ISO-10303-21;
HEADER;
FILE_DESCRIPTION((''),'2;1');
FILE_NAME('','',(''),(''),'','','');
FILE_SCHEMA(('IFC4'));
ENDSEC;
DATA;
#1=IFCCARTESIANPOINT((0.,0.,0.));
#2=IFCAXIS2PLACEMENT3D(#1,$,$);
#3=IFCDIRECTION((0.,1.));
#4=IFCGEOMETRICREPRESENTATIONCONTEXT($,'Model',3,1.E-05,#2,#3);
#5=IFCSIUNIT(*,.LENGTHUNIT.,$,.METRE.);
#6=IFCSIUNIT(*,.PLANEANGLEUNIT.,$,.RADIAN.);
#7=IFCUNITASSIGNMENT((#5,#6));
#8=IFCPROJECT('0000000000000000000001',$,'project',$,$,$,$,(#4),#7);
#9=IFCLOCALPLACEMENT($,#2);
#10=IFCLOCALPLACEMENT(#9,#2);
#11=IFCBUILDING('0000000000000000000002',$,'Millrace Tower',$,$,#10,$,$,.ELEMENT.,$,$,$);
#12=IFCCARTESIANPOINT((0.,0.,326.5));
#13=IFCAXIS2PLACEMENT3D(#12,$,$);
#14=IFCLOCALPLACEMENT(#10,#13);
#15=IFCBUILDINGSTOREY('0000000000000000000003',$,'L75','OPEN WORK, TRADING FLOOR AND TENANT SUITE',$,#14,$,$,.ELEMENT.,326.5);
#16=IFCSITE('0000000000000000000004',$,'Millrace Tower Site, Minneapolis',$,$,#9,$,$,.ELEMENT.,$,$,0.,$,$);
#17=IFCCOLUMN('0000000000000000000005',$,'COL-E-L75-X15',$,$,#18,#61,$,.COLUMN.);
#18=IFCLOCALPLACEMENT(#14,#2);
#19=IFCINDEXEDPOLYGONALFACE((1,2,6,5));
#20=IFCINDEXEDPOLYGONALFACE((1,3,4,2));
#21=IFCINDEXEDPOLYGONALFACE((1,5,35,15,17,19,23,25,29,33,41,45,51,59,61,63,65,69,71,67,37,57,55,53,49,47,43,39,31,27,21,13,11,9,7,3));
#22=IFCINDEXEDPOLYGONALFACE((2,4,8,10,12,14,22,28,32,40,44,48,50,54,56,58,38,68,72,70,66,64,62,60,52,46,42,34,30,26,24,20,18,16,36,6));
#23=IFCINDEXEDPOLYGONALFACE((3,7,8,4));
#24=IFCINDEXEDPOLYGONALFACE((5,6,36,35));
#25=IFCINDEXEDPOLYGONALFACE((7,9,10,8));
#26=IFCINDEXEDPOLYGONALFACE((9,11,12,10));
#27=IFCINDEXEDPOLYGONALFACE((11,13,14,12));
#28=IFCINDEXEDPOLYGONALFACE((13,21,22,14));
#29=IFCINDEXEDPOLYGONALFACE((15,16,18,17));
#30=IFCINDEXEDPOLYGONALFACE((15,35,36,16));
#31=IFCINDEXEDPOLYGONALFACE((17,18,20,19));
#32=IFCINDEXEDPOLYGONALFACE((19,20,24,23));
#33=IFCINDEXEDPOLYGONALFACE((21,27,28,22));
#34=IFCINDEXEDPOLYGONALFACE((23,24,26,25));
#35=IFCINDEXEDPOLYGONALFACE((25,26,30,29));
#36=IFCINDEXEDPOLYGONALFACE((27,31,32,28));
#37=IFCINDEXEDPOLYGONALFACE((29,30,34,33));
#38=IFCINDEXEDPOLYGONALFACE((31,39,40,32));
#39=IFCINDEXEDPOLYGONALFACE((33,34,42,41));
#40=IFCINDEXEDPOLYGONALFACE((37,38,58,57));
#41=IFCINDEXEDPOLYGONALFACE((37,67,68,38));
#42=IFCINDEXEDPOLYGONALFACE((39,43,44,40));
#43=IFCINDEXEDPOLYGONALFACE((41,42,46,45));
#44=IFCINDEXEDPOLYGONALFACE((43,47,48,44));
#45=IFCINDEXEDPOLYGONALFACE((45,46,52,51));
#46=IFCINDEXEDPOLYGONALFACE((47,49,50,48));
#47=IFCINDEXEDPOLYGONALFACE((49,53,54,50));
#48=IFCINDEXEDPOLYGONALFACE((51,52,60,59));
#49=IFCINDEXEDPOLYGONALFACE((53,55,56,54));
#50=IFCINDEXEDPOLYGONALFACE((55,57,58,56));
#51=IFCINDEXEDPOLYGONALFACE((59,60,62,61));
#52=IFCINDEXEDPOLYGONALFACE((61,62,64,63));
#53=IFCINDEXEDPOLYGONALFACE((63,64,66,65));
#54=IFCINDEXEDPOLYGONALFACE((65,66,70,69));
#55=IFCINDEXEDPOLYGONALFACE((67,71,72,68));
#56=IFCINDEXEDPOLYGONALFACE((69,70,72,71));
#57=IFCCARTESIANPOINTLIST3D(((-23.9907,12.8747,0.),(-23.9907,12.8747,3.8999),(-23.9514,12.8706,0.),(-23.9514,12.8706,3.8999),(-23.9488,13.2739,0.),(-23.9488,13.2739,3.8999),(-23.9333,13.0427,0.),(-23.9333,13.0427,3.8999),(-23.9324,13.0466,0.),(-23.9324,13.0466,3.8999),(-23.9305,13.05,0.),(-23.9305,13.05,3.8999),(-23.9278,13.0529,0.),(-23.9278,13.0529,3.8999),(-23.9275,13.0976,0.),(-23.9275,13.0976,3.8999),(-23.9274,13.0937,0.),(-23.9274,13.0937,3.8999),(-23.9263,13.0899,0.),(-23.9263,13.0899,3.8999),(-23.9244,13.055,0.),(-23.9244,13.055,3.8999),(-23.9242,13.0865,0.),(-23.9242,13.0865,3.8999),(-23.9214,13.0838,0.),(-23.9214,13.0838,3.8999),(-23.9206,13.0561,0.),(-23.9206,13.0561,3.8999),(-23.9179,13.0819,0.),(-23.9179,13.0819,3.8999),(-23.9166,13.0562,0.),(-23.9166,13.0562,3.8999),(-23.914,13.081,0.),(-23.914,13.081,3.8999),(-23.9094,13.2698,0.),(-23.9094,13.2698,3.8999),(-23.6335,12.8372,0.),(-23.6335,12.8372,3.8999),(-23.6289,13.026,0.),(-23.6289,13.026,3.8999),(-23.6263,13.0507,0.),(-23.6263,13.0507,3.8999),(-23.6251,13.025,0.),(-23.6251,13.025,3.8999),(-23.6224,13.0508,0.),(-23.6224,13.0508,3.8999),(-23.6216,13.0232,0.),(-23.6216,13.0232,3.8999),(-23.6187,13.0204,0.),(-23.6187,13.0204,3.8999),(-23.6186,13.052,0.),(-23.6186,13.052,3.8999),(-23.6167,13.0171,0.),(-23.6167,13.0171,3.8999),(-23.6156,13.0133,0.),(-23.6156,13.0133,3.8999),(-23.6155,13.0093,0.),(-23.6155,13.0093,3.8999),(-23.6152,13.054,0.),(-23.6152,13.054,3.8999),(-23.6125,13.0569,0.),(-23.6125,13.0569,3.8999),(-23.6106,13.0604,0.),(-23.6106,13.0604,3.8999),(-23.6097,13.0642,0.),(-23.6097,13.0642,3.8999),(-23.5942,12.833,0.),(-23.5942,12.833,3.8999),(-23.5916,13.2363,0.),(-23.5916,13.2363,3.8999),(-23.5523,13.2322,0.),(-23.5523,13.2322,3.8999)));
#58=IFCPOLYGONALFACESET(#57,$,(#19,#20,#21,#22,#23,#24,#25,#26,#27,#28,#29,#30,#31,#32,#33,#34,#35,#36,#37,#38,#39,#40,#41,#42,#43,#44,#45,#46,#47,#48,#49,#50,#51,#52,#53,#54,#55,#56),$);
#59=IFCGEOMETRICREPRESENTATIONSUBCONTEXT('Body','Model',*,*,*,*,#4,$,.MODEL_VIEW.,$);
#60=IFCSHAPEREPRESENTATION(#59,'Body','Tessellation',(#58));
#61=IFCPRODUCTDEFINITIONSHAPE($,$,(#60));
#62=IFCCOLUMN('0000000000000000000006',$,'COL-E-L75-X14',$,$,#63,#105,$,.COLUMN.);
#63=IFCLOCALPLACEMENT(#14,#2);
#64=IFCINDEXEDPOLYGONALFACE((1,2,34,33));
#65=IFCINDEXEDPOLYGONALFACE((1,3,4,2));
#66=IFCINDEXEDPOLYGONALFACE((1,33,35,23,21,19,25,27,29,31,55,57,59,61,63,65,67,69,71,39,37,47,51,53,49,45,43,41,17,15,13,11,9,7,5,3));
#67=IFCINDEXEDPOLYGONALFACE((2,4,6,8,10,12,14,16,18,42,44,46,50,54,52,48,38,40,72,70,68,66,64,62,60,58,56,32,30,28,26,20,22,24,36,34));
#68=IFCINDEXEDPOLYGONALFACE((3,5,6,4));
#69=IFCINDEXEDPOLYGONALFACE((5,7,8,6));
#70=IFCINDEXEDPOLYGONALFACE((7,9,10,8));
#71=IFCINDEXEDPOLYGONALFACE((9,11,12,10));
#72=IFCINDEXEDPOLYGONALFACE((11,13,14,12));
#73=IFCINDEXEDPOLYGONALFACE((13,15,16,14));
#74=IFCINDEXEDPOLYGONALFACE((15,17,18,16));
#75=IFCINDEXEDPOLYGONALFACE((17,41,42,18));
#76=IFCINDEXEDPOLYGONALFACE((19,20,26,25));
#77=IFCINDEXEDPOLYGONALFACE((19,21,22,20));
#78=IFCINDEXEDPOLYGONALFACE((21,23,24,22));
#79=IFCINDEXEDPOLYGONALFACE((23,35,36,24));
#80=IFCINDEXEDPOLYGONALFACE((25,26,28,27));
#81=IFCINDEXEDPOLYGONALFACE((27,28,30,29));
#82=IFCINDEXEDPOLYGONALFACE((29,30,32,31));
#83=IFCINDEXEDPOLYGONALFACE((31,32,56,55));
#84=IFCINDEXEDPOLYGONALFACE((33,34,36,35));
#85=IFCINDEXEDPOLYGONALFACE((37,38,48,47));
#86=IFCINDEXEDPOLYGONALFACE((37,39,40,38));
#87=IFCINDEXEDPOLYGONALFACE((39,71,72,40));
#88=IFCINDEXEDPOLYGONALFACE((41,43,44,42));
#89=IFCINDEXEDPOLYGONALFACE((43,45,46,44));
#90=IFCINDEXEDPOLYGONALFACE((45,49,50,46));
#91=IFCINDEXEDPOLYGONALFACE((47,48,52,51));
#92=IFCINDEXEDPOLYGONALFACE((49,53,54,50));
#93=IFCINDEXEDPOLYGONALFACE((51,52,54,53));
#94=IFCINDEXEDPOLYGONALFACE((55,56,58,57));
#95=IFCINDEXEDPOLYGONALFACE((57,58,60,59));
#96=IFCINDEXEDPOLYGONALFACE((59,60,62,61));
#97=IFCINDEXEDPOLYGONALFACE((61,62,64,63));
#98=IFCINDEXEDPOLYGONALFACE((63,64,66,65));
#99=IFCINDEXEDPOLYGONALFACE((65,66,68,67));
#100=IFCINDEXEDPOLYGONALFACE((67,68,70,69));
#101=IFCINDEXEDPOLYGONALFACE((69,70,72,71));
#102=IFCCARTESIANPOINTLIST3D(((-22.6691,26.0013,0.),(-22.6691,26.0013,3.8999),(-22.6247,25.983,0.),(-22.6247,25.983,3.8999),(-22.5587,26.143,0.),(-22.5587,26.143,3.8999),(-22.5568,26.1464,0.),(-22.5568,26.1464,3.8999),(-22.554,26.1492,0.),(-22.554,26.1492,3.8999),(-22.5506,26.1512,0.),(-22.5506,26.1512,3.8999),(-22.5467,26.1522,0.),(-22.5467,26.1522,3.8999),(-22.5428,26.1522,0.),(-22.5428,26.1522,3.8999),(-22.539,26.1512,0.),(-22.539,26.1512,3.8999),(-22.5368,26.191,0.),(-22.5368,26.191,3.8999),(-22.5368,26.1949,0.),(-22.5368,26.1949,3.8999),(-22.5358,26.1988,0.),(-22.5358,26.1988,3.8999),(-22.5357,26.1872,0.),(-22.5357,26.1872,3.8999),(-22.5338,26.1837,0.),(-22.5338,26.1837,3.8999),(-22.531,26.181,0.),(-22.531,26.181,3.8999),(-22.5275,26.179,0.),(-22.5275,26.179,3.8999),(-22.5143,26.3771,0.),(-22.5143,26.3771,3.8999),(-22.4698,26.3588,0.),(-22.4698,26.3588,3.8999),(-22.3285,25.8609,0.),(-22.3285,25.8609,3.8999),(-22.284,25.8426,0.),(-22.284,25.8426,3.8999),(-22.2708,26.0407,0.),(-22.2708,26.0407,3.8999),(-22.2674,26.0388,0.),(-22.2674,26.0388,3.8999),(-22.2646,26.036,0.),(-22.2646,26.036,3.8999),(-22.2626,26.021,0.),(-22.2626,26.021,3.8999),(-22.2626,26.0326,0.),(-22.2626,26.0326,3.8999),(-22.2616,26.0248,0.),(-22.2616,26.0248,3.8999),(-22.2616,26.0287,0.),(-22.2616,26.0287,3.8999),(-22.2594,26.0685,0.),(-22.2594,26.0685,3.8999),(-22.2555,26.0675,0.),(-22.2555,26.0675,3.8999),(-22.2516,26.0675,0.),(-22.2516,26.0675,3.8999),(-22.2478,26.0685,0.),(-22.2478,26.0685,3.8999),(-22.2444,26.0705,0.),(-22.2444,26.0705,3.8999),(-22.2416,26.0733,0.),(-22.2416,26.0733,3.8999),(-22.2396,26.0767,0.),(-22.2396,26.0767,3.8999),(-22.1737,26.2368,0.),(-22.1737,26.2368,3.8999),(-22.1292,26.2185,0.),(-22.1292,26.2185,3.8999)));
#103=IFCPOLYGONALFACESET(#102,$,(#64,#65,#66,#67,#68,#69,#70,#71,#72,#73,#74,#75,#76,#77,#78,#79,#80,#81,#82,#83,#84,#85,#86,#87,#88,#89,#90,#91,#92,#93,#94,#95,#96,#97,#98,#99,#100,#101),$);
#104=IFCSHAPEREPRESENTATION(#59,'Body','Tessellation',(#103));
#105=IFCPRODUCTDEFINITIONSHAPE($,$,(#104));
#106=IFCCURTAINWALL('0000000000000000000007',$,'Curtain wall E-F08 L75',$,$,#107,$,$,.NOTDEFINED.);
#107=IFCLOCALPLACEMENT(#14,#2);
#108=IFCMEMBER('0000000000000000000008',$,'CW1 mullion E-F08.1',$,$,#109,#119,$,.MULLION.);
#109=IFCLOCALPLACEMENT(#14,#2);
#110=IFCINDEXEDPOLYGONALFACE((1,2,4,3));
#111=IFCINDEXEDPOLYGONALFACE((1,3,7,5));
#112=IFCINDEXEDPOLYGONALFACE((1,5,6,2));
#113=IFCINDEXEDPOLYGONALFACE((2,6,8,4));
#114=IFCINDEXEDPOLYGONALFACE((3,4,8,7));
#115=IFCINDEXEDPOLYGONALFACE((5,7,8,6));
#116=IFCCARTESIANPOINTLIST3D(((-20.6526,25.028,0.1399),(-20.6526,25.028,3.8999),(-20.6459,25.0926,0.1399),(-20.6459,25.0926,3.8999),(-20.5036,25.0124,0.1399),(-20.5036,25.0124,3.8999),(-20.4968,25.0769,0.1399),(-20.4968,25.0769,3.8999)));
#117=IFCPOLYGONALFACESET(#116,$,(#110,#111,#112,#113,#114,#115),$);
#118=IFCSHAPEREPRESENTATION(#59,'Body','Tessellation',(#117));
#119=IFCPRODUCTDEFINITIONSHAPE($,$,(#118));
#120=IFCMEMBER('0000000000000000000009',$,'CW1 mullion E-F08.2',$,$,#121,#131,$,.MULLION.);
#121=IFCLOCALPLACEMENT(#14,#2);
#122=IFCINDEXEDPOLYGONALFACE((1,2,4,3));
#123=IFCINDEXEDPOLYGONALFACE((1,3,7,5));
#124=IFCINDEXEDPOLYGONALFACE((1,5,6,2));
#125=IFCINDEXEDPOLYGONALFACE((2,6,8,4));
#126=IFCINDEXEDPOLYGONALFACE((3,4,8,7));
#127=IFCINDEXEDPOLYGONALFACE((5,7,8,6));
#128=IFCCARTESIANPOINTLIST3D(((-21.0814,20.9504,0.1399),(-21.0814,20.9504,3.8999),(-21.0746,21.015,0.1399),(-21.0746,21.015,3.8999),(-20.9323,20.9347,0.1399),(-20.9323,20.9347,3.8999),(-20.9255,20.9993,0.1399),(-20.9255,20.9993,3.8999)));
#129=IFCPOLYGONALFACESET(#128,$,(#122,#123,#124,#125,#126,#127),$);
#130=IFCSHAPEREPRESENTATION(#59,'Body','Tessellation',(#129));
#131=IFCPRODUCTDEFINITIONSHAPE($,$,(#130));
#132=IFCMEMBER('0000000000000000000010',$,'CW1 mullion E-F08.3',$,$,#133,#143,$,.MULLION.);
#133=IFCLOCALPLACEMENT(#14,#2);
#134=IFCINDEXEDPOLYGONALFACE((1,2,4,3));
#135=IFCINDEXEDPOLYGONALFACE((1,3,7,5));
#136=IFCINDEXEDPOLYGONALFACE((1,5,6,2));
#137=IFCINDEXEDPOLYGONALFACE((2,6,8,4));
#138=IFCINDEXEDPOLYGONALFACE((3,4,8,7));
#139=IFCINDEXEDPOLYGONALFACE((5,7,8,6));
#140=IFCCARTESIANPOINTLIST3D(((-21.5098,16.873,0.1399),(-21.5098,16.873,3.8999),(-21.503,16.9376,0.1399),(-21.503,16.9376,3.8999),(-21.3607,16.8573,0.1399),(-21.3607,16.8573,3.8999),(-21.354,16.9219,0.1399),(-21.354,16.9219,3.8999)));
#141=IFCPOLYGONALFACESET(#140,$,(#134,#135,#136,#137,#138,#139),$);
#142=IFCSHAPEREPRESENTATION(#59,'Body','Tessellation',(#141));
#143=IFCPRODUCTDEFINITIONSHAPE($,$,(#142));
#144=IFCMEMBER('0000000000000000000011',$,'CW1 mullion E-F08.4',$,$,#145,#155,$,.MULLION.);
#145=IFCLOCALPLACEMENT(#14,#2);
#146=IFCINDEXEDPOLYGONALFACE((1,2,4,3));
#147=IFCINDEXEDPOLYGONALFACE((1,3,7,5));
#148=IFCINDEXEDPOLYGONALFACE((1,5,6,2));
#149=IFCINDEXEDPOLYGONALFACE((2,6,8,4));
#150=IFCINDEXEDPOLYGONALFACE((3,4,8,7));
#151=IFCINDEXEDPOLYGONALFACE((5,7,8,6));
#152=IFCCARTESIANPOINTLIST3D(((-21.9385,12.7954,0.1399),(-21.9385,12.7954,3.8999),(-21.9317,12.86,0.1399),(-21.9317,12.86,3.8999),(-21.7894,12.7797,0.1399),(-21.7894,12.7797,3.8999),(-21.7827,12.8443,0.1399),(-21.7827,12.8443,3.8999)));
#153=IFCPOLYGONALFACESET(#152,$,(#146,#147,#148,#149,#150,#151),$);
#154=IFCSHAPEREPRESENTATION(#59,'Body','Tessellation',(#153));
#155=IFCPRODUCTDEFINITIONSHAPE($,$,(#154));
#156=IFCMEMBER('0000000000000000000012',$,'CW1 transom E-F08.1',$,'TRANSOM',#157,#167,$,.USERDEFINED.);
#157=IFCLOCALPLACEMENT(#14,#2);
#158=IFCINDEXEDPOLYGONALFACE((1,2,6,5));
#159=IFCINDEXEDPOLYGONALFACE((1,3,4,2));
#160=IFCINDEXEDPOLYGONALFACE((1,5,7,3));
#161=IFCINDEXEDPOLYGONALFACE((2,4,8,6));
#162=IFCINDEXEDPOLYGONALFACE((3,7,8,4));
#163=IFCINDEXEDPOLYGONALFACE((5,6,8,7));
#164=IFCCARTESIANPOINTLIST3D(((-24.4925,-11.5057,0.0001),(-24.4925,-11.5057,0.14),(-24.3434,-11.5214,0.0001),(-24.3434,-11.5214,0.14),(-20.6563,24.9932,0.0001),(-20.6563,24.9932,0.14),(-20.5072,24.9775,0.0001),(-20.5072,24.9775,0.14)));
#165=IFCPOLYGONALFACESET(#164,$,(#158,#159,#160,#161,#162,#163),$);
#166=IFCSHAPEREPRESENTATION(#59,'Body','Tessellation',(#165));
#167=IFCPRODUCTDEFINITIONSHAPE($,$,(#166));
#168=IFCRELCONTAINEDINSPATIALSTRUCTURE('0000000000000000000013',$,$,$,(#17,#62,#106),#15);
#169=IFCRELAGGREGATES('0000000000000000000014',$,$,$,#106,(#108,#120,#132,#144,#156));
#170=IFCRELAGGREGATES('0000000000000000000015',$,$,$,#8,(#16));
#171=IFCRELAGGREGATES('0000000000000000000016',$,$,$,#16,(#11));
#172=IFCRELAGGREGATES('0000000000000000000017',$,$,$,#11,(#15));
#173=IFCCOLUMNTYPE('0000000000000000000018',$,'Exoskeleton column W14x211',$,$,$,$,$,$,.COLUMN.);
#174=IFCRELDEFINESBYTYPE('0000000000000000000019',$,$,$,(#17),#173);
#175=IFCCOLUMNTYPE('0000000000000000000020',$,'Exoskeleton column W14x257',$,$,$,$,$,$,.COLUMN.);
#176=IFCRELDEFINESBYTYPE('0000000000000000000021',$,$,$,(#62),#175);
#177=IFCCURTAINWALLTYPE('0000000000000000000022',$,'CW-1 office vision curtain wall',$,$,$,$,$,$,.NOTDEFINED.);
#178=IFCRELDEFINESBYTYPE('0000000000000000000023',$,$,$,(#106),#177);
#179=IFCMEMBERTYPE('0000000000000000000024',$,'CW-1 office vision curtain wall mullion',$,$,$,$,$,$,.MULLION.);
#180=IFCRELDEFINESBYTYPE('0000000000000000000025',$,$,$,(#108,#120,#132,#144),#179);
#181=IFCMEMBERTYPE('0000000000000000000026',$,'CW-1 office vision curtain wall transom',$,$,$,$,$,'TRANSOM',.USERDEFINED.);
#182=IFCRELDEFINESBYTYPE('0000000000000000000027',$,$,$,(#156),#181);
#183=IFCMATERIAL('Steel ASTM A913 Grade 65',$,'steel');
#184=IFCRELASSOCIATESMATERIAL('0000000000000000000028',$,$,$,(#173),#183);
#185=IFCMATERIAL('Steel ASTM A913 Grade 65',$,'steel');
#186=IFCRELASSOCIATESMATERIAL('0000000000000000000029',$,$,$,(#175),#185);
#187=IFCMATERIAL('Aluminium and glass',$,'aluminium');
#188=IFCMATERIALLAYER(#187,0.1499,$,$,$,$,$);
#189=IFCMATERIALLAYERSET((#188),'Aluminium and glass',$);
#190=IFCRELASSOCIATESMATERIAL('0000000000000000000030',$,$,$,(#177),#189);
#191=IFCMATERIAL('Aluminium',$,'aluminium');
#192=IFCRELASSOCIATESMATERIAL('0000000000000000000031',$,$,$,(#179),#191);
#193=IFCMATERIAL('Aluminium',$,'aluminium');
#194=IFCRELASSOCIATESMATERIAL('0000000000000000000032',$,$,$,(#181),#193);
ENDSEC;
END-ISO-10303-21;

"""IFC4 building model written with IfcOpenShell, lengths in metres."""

from ifc_helpers import new_model, si_unit, direction, frame, origin, origin_2d, place, context, subcontext, project, spatial, rectangle, i_section, extrude, material, layer, layer_set, material_profile, profile_set, type_object, element, aggregate, save


model = new_model("IFC4")

# Units and contexts
model_context = context("Model", 3, precision=1e-05, world=origin(), true_north=direction((0.0, 1.0)))
body_context = subcontext(model_context, "Body", "Model", "MODEL_VIEW")
ifc_project = project(units=[si_unit("LENGTHUNIT", "METRE"), si_unit("PLANEANGLEUNIT", "RADIAN")], contexts=[model_context])

# Site, building, storey
site_placement = place(None, origin())
site = spatial("IfcSite", under=ifc_project, at=site_placement, Name="Millrace Tower Site, Minneapolis", CompositionType="ELEMENT", RefElevation=0.0)
building_placement = place(site_placement, origin())
building = spatial("IfcBuilding", under=site, at=building_placement, Name="Millrace Tower", CompositionType="ELEMENT")
storey_placement = place(building_placement, frame((0.0, 0.0, 326.5)))
storey = spatial("IfcBuildingStorey", under=building, at=storey_placement, Name="L75", Description="OPEN WORK, TRADING FLOOR AND TENANT SUITE", CompositionType="ELEMENT", Elevation=326.5)

# Columns
ifc_material_1 = material(Name="Steel ASTM A913 Grade 65", Category="steel")
ifc_material_profile_1 = material_profile(ifc_material_1, i_section(OverallWidth=0.4014, OverallDepth=0.3987, WebThickness=0.0249, FlangeThickness=0.0396, FilletRadius=0.0151, at=origin_2d()))
ifc_profile_set_1 = profile_set([ifc_material_profile_1], Name="Steel ASTM A913 Grade 65")
column_type_1 = type_object("IfcColumnType", Name="Exoskeleton column W14x211", PredefinedType="COLUMN", material=ifc_profile_set_1)
column_1_placement = place(storey_placement, frame((-23.7715, 13.0535, 0.0), z_axis=(0.0, 0.0, 1.0), x_axis=(-0.104528, -0.994522, 0.0)))
element("IfcColumn", 1, at=column_1_placement, inside=storey, type_object=column_type_1, Name="COL-E-L75-X15", PredefinedType="COLUMN", context=body_context, shape_type="SweptSolid", body=[
    extrude(i_section(OverallWidth=0.4014, OverallDepth=0.3987, WebThickness=0.0249, FlangeThickness=0.0396, FilletRadius=0.0151, at=origin_2d()), origin(), (0.0, 0.0, 1.0), 3.8999),
])
ifc_material_2 = material(Name="Steel ASTM A913 Grade 65", Category="steel")
ifc_material_profile_2 = material_profile(ifc_material_2, i_section(OverallWidth=0.4065, OverallDepth=0.4165, WebThickness=0.03, FlangeThickness=0.0481, FilletRadius=0.0151, at=origin_2d()))
ifc_profile_set_2 = profile_set([ifc_material_profile_2], Name="Steel ASTM A913 Grade 65")
column_type_2 = type_object("IfcColumnType", Name="Exoskeleton column W14x257", PredefinedType="COLUMN", material=ifc_profile_set_2)
column_2_placement = place(storey_placement, frame((-22.3992, 26.1099, 0.0), z_axis=(0.0, 0.0, 1.0), x_axis=(-0.380947, -0.924597, 0.0)))
element("IfcColumn", 2, at=column_2_placement, inside=storey, type_object=column_type_2, Name="COL-E-L75-X14", PredefinedType="COLUMN", context=body_context, shape_type="SweptSolid", body=[
    extrude(i_section(OverallWidth=0.4065, OverallDepth=0.4165, WebThickness=0.03, FlangeThickness=0.0481, FilletRadius=0.0151, at=origin_2d()), origin(), (0.0, 0.0, 1.0), 3.8999),
])

# Curtain wall, members
ifc_material_3 = material(Name="Aluminium and glass", Category="aluminium")
ifc_layer_1 = layer(ifc_material_3, 0.1499)
ifc_layer_set_1 = layer_set([ifc_layer_1], Name="Aluminium and glass")
curtain_wall_type = type_object("IfcCurtainWallType", Name="CW-1 office vision curtain wall", PredefinedType="NOTDEFINED", material=ifc_layer_set_1)
curtain_wall_placement = place(storey_placement, origin())
curtain_wall = element("IfcCurtainWall", 3, at=curtain_wall_placement, inside=storey, type_object=curtain_wall_type, Name="Curtain wall E-F08 L75", PredefinedType="NOTDEFINED")
ifc_material_4 = material(Name="Aluminium", Category="aluminium")
ifc_material_profile_3 = material_profile(ifc_material_4, rectangle(XDim=0.0649, YDim=0.1499, at=origin_2d()))
ifc_profile_set_3 = profile_set([ifc_material_profile_3], Name="Aluminium")
member_type_1 = type_object("IfcMemberType", Name="CW-1 office vision curtain wall mullion", PredefinedType="MULLION", material=ifc_profile_set_3)
member_1_placement = place(storey_placement, frame((-20.5747, 25.0525, 0.1399), z_axis=(0.0, 0.0, 1.0), x_axis=(-0.104528, -0.994522, 0.0)))
member_1 = element("IfcMember", 4, at=member_1_placement, type_object=member_type_1, Name="CW1 mullion E-F08.1", PredefinedType="MULLION", context=body_context, shape_type="SweptSolid", body=[
    extrude(rectangle(XDim=0.0649, YDim=0.1499, at=origin_2d()), origin(), (0.0, 0.0, 1.0), 3.76),
])
member_2_placement = place(storey_placement, frame((-21.0034, 20.9749, 0.1399), z_axis=(0.0, 0.0, 1.0), x_axis=(-0.104528, -0.994522, 0.0)))
member_2 = element("IfcMember", 5, at=member_2_placement, type_object=member_type_1, Name="CW1 mullion E-F08.2", PredefinedType="MULLION", context=body_context, shape_type="SweptSolid", body=[
    extrude(rectangle(XDim=0.0649, YDim=0.1499, at=origin_2d()), origin(), (0.0, 0.0, 1.0), 3.76),
])
member_3_placement = place(storey_placement, frame((-21.4319, 16.8975, 0.1399), z_axis=(0.0, 0.0, 1.0), x_axis=(-0.104528, -0.994522, 0.0)))
member_3 = element("IfcMember", 6, at=member_3_placement, type_object=member_type_1, Name="CW1 mullion E-F08.3", PredefinedType="MULLION", context=body_context, shape_type="SweptSolid", body=[
    extrude(rectangle(XDim=0.0649, YDim=0.1499, at=origin_2d()), origin(), (0.0, 0.0, 1.0), 3.76),
])
member_4_placement = place(storey_placement, frame((-21.8606, 12.8198, 0.1399), z_axis=(0.0, 0.0, 1.0), x_axis=(-0.104528, -0.994522, 0.0)))
member_4 = element("IfcMember", 7, at=member_4_placement, type_object=member_type_1, Name="CW1 mullion E-F08.4", PredefinedType="MULLION", context=body_context, shape_type="SweptSolid", body=[
    extrude(rectangle(XDim=0.0649, YDim=0.1499, at=origin_2d()), origin(), (0.0, 0.0, 1.0), 3.76),
])
ifc_material_5 = material(Name="Aluminium", Category="aluminium")
ifc_material_profile_4 = material_profile(ifc_material_5, rectangle(XDim=0.1499, YDim=0.1399, at=origin_2d()))
ifc_profile_set_4 = profile_set([ifc_material_profile_4], Name="Aluminium")
member_type_2 = type_object("IfcMemberType", Name="CW-1 office vision curtain wall transom", ElementType="TRANSOM", PredefinedType="USERDEFINED", material=ifc_profile_set_4)
member_5_placement = place(storey_placement, frame((-20.5818, 24.9854, 0.0701), z_axis=(-0.104528, -0.994522, 0.0), x_axis=(0.994522, -0.104528, 0.0)))
member_5 = element("IfcMember", 8, at=member_5_placement, type_object=member_type_2, Name="CW1 transom E-F08.1", ObjectType="TRANSOM", PredefinedType="USERDEFINED", context=body_context, shape_type="SweptSolid", body=[
    extrude(rectangle(XDim=0.1499, YDim=0.1399, at=origin_2d()), origin(), (0.0, 0.0, 1.0), 36.7),
])
aggregate(curtain_wall, [member_1, member_2, member_3, member_4, member_5])

save(model, "model.ifc")
